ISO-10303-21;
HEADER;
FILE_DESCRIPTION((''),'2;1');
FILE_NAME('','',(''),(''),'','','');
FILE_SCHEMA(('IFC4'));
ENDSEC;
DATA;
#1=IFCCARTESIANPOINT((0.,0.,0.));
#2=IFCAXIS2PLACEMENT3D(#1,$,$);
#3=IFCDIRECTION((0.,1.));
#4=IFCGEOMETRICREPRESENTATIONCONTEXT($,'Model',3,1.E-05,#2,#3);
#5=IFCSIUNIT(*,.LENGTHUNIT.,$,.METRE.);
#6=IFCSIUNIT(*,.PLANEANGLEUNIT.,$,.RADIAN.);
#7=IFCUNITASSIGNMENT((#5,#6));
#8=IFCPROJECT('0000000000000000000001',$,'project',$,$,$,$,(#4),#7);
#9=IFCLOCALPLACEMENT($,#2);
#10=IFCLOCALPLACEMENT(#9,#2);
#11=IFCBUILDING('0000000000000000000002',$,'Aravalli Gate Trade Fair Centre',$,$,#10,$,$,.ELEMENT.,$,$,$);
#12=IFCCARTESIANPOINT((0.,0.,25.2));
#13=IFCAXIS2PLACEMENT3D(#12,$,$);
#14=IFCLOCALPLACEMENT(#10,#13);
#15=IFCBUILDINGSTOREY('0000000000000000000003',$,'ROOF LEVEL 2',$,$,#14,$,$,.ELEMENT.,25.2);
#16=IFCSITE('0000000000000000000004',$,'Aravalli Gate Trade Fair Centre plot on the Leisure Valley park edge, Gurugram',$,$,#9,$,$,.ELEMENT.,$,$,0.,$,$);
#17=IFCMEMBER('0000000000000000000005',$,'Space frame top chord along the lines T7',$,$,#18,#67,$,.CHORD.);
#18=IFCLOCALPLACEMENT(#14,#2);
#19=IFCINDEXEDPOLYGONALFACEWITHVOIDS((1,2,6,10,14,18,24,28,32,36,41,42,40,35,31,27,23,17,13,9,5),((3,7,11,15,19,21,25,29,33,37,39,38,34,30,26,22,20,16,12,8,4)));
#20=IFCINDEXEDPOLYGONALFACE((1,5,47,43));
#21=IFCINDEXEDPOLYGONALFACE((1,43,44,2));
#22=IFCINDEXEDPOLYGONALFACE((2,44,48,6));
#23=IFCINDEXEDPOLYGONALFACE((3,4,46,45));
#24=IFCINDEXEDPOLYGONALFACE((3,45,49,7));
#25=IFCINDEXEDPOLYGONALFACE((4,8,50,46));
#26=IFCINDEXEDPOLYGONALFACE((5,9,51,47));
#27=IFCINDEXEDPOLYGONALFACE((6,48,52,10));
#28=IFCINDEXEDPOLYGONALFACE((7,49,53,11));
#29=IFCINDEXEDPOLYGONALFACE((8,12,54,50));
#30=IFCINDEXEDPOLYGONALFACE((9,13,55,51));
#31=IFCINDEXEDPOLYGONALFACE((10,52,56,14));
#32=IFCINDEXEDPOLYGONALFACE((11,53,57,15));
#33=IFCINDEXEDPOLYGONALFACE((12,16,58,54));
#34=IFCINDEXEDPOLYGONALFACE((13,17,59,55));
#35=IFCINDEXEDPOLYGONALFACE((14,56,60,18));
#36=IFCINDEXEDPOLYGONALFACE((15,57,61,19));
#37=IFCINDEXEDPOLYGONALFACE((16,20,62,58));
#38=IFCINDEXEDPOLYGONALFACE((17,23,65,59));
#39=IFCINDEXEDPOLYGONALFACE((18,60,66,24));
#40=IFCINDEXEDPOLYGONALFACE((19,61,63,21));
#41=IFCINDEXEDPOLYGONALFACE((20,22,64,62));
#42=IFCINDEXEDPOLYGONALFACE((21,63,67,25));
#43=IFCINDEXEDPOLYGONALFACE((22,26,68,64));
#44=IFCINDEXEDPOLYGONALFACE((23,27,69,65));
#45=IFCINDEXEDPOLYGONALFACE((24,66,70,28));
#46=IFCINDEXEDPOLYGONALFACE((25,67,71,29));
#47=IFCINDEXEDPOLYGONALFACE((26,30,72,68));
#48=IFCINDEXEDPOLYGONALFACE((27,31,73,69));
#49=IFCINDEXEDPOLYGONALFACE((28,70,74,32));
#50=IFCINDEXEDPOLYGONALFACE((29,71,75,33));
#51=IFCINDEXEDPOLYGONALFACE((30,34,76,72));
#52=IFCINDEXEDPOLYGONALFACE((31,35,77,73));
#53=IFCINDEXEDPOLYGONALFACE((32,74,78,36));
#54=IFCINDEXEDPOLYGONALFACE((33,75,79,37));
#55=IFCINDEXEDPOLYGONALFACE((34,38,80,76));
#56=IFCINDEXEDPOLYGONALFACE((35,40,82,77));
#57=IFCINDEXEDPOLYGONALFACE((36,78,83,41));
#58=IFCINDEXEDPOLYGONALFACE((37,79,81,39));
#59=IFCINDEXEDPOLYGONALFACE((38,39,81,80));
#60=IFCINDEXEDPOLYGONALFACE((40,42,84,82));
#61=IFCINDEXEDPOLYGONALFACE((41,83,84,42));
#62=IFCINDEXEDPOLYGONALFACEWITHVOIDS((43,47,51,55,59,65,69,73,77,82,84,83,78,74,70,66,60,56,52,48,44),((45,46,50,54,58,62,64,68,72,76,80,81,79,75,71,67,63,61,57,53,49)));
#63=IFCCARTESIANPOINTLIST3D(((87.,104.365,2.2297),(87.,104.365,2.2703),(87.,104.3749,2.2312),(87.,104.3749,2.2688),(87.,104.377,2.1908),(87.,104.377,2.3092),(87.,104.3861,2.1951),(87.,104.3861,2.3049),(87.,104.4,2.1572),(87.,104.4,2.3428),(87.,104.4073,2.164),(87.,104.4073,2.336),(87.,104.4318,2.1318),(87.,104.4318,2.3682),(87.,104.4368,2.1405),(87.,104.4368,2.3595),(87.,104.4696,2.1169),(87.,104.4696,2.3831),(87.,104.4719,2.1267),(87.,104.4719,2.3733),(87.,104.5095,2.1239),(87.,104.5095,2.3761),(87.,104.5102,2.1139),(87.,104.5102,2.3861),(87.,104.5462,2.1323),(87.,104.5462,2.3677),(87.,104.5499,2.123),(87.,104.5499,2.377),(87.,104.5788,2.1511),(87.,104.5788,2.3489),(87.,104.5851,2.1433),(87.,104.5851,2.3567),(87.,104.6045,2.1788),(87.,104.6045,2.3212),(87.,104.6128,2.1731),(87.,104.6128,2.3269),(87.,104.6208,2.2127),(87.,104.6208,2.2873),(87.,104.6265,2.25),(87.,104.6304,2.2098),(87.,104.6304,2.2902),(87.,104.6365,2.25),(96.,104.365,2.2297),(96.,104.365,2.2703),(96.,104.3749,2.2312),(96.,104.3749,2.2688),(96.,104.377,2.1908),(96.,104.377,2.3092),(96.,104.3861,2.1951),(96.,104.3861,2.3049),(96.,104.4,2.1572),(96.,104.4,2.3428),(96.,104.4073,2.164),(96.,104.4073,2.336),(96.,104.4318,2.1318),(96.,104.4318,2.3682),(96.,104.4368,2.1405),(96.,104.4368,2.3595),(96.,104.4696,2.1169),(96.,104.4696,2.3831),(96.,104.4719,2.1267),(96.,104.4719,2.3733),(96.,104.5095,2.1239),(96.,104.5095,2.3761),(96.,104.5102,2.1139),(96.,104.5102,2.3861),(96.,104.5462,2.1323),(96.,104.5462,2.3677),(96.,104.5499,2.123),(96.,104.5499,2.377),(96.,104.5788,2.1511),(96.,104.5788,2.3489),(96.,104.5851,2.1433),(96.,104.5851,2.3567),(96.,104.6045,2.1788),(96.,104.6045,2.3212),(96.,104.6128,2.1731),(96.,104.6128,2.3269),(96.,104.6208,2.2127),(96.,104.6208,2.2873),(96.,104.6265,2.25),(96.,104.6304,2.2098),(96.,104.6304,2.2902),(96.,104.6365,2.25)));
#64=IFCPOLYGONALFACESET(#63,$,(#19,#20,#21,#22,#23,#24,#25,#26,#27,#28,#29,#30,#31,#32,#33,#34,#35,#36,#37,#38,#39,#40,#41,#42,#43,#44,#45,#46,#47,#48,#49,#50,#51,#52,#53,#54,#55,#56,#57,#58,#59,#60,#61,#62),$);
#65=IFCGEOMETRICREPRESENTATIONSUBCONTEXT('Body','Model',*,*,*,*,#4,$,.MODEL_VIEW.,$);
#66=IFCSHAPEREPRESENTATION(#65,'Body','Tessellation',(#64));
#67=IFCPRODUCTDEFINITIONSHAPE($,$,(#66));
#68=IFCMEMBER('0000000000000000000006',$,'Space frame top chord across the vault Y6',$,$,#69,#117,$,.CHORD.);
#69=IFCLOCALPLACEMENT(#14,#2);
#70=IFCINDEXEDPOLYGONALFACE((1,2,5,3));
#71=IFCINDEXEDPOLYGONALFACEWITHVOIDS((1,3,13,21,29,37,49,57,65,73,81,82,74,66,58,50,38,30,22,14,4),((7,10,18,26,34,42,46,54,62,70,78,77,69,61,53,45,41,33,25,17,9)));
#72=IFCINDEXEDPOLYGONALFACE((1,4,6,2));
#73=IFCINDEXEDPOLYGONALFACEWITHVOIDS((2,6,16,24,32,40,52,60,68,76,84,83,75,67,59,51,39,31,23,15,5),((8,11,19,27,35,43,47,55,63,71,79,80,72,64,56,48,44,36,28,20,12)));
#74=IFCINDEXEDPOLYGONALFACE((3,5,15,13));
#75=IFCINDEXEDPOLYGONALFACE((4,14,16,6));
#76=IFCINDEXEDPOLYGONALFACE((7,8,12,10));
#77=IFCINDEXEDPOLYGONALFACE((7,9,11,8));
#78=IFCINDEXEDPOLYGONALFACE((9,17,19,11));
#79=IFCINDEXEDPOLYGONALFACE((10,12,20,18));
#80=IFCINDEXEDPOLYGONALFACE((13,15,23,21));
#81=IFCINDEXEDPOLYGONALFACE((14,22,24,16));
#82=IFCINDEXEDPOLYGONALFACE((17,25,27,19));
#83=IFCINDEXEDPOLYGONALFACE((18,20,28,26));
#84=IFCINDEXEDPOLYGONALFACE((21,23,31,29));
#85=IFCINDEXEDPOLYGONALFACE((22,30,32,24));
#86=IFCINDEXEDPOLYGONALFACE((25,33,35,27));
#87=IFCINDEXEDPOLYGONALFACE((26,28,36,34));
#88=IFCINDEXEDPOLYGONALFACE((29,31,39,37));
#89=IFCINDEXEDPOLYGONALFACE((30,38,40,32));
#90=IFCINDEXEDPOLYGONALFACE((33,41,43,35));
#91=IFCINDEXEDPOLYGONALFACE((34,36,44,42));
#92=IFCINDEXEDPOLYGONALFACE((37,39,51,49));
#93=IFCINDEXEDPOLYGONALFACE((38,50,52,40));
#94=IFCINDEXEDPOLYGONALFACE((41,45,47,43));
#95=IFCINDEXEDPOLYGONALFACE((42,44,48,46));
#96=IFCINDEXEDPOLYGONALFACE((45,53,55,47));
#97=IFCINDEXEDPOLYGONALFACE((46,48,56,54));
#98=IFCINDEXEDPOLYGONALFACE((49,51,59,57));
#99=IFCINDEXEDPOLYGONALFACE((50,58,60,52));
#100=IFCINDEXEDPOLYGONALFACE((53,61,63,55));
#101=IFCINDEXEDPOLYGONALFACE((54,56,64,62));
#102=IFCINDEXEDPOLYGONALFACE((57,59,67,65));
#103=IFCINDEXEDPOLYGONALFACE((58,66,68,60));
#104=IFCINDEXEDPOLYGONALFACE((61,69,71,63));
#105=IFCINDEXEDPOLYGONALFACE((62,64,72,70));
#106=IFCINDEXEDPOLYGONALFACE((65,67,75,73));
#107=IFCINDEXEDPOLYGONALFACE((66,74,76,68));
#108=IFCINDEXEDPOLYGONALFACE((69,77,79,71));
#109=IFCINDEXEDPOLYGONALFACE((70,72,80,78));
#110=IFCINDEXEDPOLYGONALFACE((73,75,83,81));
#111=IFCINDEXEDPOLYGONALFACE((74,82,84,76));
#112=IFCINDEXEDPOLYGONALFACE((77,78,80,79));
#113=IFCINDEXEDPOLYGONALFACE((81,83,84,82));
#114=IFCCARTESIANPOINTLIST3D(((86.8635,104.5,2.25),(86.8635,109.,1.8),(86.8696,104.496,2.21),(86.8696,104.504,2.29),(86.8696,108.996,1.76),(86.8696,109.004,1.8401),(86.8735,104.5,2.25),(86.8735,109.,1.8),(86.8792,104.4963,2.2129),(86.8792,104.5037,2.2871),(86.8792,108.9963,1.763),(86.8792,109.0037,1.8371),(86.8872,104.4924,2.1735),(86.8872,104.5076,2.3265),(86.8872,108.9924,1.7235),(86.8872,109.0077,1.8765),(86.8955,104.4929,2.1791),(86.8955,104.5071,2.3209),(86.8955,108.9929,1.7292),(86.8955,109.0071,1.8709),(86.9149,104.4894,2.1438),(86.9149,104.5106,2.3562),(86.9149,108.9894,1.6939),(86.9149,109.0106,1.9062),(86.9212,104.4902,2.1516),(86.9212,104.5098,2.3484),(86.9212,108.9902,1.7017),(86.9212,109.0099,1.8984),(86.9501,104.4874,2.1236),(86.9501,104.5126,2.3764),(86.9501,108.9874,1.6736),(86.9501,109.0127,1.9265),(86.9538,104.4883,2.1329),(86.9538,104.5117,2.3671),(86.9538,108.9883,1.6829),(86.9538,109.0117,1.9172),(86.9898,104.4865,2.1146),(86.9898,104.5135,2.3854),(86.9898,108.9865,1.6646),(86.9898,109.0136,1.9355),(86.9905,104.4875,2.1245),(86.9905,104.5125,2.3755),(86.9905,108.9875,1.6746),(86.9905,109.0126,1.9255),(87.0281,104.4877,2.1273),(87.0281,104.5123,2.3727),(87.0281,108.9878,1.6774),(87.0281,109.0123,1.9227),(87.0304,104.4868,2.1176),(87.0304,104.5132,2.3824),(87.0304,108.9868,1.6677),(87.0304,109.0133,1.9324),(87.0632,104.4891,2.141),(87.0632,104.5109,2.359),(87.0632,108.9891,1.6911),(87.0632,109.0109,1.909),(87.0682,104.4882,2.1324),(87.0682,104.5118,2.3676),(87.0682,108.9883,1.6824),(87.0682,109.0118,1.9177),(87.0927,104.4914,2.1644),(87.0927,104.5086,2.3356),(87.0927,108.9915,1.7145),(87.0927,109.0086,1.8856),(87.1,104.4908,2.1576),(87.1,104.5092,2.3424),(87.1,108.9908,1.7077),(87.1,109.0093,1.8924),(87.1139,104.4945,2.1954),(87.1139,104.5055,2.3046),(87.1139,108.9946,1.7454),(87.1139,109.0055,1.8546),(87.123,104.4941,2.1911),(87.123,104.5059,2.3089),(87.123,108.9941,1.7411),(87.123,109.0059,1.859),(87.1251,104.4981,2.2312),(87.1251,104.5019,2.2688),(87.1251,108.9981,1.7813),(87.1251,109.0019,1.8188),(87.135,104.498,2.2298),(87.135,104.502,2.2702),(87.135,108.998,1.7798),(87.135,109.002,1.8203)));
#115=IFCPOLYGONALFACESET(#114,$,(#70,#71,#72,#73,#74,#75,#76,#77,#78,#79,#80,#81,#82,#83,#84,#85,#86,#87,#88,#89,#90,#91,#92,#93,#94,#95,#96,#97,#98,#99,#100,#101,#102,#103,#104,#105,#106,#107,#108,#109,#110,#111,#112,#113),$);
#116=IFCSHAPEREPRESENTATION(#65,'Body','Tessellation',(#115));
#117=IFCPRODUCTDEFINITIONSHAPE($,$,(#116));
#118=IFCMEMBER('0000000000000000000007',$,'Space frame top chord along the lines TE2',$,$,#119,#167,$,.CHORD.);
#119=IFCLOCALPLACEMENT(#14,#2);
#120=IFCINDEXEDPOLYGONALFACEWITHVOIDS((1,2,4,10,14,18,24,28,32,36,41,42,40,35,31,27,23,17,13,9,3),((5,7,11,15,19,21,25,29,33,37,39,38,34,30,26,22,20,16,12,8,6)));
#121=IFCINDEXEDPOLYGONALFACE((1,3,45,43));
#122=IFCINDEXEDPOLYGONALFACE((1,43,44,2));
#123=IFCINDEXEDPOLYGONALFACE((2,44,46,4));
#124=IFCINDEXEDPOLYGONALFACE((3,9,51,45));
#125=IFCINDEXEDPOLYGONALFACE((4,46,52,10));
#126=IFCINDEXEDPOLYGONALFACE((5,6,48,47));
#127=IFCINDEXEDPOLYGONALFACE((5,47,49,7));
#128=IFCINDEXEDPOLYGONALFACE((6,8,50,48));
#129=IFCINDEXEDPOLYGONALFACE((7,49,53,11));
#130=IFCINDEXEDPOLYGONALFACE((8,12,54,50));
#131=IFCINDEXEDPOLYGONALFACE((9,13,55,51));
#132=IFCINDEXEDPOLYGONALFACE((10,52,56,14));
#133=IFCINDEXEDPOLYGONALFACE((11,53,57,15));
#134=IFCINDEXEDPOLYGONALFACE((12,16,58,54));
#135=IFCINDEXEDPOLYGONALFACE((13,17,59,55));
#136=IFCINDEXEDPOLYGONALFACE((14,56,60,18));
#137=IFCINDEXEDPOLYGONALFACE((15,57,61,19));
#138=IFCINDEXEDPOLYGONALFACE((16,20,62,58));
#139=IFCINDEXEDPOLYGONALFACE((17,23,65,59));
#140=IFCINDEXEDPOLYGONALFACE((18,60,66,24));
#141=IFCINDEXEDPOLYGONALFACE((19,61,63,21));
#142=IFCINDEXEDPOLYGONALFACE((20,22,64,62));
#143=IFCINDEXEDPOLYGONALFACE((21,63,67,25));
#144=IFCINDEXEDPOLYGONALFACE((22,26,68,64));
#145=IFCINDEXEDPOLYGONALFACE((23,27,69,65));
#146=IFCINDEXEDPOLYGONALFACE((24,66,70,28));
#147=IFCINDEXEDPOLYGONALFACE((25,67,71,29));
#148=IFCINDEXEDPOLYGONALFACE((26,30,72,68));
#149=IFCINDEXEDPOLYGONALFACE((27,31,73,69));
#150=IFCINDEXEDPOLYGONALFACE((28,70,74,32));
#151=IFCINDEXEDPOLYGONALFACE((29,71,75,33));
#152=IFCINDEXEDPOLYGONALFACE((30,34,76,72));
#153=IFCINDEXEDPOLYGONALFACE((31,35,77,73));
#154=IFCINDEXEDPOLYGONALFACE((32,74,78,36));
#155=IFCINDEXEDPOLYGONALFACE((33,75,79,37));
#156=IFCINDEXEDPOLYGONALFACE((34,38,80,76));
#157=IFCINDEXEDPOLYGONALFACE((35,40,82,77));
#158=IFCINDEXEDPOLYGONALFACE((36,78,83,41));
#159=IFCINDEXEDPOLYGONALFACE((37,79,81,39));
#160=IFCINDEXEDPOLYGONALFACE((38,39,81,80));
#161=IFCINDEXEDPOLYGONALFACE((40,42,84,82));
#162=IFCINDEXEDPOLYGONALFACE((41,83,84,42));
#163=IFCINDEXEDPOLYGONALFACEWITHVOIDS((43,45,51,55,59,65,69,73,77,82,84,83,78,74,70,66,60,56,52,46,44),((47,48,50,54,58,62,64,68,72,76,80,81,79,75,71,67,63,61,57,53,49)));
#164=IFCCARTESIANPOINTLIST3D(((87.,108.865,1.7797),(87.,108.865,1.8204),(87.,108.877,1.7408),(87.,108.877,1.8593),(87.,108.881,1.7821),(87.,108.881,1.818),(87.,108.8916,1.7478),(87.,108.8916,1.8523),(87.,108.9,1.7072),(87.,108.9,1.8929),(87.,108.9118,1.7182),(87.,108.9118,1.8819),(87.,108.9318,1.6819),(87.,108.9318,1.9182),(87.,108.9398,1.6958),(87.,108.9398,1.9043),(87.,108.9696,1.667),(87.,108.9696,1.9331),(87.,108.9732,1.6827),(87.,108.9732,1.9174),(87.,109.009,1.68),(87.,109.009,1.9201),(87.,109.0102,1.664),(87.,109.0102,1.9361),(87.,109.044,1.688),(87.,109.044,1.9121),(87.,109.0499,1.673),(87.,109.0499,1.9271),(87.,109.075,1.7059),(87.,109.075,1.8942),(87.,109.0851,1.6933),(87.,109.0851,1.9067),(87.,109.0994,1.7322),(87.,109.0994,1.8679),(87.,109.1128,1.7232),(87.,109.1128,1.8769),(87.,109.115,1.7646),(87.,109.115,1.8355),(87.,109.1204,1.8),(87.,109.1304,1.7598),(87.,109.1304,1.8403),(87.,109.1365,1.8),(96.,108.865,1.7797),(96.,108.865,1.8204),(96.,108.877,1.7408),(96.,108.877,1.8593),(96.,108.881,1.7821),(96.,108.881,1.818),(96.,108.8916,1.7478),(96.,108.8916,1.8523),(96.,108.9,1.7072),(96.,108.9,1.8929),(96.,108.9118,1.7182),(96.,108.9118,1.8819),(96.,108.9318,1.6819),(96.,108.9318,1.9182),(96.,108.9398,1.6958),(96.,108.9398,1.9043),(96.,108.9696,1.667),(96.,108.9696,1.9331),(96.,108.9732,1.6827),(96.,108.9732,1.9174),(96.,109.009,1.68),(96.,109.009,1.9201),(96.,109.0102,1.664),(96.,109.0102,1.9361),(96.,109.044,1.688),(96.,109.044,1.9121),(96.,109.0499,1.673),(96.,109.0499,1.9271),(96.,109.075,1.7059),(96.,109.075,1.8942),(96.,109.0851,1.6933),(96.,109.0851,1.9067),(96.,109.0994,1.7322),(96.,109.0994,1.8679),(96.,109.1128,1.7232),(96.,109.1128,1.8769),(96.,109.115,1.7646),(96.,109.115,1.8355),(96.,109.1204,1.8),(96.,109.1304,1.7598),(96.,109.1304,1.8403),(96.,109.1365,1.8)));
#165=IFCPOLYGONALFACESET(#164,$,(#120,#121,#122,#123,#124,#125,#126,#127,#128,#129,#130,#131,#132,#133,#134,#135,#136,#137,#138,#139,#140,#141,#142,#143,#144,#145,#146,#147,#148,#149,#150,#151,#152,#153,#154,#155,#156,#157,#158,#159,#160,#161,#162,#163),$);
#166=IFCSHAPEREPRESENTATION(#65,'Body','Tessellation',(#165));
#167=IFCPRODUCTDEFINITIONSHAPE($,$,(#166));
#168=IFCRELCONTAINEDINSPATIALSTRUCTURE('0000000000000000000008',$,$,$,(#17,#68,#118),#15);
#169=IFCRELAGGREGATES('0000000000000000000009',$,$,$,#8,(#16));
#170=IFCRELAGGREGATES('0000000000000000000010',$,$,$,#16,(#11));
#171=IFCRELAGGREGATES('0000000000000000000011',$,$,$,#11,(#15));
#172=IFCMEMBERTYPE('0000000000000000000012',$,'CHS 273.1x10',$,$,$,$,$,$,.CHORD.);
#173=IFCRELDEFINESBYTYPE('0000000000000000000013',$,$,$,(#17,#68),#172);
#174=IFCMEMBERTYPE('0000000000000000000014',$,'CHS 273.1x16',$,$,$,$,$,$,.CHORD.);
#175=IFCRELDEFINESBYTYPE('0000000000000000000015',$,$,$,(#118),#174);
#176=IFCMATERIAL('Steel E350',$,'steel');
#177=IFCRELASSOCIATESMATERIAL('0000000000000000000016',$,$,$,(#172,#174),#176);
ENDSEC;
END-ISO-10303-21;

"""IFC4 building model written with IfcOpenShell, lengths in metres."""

from ifc_helpers import new_model, si_unit, direction, frame, origin, origin_2d, place, context, subcontext, project, spatial, hollow_circle, extrude, material, material_profile, profile_set, type_object, element, save


model = new_model("IFC4")

# Units and contexts
model_context = context("Model", 3, precision=1e-05, world=origin(), true_north=direction((0.0, 1.0)))
body_context = subcontext(model_context, "Body", "Model", "MODEL_VIEW")
ifc_project = project(units=[si_unit("LENGTHUNIT", "METRE"), si_unit("PLANEANGLEUNIT", "RADIAN")], contexts=[model_context])

# Site, building, storey
site_placement = place(None, origin())
site = spatial("IfcSite", under=ifc_project, at=site_placement, Name="Aravalli Gate Trade Fair Centre plot on the Leisure Valley park edge, Gurugram", CompositionType="ELEMENT", RefElevation=0.0)
building_placement = place(site_placement, origin())
building = spatial("IfcBuilding", under=site, at=building_placement, Name="Aravalli Gate Trade Fair Centre", CompositionType="ELEMENT")
storey_placement = place(building_placement, frame((0.0, 0.0, 25.2)))
storey = spatial("IfcBuildingStorey", under=building, at=storey_placement, Name="ROOF LEVEL 2", CompositionType="ELEMENT", Elevation=25.2)

# Members
ifc_material_1 = material(Name="Steel E350", Category="steel")
ifc_material_profile_1 = material_profile(ifc_material_1, hollow_circle(Radius=0.1365, WallThickness=0.01, at=origin_2d()), Name="CHS 273.1x10")
ifc_profile_set_1 = profile_set([ifc_material_profile_1], Name="Steel E350")
member_type_1 = type_object("IfcMemberType", Name="CHS 273.1x10", PredefinedType="CHORD", material=ifc_profile_set_1)
member_1_placement = place(storey_placement, frame((87.0, 104.5, 2.25), z_axis=(1.0, 0.0, 0.0), x_axis=(0.0, 1.0, 0.0)))
element("IfcMember", 1, at=member_1_placement, inside=storey, type_object=member_type_1, Name="Space frame top chord along the lines T7", PredefinedType="CHORD", context=body_context, shape_type="SweptSolid", body=[
    extrude(hollow_circle(Radius=0.1365, WallThickness=0.01, at=origin_2d()), origin(), (0.0, 0.0, 1.0), 9.0),
])
member_2_placement = place(storey_placement, frame((87.0, 104.5, 2.25), z_axis=(0.0, 0.995038, -0.099493), x_axis=(-1.0, 0.0, 0.0)))
element("IfcMember", 2, at=member_2_placement, inside=storey, type_object=member_type_1, Name="Space frame top chord across the vault Y6", PredefinedType="CHORD", context=body_context, shape_type="SweptSolid", body=[
    extrude(hollow_circle(Radius=0.1365, WallThickness=0.01, at=origin_2d()), origin(), (0.0, 0.0, 1.0), 4.5225),
])
ifc_material_profile_2 = material_profile(ifc_material_1, hollow_circle(Radius=0.1365, WallThickness=0.0161, at=origin_2d()), Name="CHS 273.1x16")
ifc_profile_set_2 = profile_set([ifc_material_profile_2], Name="Steel E350")
member_type_2 = type_object("IfcMemberType", Name="CHS 273.1x16", PredefinedType="CHORD", material=ifc_profile_set_2)
member_3_placement = place(storey_placement, frame((87.0, 109.0, 1.8), z_axis=(1.0, 0.0, 0.0), x_axis=(0.0, 1.0, 0.0)))
element("IfcMember", 3, at=member_3_placement, inside=storey, type_object=member_type_2, Name="Space frame top chord along the lines TE2", PredefinedType="CHORD", context=body_context, shape_type="SweptSolid", body=[
    extrude(hollow_circle(Radius=0.1365, WallThickness=0.0161, at=origin_2d()), origin(), (0.0, 0.0, 1.0), 9.0),
])

save(model, "model.ifc")
